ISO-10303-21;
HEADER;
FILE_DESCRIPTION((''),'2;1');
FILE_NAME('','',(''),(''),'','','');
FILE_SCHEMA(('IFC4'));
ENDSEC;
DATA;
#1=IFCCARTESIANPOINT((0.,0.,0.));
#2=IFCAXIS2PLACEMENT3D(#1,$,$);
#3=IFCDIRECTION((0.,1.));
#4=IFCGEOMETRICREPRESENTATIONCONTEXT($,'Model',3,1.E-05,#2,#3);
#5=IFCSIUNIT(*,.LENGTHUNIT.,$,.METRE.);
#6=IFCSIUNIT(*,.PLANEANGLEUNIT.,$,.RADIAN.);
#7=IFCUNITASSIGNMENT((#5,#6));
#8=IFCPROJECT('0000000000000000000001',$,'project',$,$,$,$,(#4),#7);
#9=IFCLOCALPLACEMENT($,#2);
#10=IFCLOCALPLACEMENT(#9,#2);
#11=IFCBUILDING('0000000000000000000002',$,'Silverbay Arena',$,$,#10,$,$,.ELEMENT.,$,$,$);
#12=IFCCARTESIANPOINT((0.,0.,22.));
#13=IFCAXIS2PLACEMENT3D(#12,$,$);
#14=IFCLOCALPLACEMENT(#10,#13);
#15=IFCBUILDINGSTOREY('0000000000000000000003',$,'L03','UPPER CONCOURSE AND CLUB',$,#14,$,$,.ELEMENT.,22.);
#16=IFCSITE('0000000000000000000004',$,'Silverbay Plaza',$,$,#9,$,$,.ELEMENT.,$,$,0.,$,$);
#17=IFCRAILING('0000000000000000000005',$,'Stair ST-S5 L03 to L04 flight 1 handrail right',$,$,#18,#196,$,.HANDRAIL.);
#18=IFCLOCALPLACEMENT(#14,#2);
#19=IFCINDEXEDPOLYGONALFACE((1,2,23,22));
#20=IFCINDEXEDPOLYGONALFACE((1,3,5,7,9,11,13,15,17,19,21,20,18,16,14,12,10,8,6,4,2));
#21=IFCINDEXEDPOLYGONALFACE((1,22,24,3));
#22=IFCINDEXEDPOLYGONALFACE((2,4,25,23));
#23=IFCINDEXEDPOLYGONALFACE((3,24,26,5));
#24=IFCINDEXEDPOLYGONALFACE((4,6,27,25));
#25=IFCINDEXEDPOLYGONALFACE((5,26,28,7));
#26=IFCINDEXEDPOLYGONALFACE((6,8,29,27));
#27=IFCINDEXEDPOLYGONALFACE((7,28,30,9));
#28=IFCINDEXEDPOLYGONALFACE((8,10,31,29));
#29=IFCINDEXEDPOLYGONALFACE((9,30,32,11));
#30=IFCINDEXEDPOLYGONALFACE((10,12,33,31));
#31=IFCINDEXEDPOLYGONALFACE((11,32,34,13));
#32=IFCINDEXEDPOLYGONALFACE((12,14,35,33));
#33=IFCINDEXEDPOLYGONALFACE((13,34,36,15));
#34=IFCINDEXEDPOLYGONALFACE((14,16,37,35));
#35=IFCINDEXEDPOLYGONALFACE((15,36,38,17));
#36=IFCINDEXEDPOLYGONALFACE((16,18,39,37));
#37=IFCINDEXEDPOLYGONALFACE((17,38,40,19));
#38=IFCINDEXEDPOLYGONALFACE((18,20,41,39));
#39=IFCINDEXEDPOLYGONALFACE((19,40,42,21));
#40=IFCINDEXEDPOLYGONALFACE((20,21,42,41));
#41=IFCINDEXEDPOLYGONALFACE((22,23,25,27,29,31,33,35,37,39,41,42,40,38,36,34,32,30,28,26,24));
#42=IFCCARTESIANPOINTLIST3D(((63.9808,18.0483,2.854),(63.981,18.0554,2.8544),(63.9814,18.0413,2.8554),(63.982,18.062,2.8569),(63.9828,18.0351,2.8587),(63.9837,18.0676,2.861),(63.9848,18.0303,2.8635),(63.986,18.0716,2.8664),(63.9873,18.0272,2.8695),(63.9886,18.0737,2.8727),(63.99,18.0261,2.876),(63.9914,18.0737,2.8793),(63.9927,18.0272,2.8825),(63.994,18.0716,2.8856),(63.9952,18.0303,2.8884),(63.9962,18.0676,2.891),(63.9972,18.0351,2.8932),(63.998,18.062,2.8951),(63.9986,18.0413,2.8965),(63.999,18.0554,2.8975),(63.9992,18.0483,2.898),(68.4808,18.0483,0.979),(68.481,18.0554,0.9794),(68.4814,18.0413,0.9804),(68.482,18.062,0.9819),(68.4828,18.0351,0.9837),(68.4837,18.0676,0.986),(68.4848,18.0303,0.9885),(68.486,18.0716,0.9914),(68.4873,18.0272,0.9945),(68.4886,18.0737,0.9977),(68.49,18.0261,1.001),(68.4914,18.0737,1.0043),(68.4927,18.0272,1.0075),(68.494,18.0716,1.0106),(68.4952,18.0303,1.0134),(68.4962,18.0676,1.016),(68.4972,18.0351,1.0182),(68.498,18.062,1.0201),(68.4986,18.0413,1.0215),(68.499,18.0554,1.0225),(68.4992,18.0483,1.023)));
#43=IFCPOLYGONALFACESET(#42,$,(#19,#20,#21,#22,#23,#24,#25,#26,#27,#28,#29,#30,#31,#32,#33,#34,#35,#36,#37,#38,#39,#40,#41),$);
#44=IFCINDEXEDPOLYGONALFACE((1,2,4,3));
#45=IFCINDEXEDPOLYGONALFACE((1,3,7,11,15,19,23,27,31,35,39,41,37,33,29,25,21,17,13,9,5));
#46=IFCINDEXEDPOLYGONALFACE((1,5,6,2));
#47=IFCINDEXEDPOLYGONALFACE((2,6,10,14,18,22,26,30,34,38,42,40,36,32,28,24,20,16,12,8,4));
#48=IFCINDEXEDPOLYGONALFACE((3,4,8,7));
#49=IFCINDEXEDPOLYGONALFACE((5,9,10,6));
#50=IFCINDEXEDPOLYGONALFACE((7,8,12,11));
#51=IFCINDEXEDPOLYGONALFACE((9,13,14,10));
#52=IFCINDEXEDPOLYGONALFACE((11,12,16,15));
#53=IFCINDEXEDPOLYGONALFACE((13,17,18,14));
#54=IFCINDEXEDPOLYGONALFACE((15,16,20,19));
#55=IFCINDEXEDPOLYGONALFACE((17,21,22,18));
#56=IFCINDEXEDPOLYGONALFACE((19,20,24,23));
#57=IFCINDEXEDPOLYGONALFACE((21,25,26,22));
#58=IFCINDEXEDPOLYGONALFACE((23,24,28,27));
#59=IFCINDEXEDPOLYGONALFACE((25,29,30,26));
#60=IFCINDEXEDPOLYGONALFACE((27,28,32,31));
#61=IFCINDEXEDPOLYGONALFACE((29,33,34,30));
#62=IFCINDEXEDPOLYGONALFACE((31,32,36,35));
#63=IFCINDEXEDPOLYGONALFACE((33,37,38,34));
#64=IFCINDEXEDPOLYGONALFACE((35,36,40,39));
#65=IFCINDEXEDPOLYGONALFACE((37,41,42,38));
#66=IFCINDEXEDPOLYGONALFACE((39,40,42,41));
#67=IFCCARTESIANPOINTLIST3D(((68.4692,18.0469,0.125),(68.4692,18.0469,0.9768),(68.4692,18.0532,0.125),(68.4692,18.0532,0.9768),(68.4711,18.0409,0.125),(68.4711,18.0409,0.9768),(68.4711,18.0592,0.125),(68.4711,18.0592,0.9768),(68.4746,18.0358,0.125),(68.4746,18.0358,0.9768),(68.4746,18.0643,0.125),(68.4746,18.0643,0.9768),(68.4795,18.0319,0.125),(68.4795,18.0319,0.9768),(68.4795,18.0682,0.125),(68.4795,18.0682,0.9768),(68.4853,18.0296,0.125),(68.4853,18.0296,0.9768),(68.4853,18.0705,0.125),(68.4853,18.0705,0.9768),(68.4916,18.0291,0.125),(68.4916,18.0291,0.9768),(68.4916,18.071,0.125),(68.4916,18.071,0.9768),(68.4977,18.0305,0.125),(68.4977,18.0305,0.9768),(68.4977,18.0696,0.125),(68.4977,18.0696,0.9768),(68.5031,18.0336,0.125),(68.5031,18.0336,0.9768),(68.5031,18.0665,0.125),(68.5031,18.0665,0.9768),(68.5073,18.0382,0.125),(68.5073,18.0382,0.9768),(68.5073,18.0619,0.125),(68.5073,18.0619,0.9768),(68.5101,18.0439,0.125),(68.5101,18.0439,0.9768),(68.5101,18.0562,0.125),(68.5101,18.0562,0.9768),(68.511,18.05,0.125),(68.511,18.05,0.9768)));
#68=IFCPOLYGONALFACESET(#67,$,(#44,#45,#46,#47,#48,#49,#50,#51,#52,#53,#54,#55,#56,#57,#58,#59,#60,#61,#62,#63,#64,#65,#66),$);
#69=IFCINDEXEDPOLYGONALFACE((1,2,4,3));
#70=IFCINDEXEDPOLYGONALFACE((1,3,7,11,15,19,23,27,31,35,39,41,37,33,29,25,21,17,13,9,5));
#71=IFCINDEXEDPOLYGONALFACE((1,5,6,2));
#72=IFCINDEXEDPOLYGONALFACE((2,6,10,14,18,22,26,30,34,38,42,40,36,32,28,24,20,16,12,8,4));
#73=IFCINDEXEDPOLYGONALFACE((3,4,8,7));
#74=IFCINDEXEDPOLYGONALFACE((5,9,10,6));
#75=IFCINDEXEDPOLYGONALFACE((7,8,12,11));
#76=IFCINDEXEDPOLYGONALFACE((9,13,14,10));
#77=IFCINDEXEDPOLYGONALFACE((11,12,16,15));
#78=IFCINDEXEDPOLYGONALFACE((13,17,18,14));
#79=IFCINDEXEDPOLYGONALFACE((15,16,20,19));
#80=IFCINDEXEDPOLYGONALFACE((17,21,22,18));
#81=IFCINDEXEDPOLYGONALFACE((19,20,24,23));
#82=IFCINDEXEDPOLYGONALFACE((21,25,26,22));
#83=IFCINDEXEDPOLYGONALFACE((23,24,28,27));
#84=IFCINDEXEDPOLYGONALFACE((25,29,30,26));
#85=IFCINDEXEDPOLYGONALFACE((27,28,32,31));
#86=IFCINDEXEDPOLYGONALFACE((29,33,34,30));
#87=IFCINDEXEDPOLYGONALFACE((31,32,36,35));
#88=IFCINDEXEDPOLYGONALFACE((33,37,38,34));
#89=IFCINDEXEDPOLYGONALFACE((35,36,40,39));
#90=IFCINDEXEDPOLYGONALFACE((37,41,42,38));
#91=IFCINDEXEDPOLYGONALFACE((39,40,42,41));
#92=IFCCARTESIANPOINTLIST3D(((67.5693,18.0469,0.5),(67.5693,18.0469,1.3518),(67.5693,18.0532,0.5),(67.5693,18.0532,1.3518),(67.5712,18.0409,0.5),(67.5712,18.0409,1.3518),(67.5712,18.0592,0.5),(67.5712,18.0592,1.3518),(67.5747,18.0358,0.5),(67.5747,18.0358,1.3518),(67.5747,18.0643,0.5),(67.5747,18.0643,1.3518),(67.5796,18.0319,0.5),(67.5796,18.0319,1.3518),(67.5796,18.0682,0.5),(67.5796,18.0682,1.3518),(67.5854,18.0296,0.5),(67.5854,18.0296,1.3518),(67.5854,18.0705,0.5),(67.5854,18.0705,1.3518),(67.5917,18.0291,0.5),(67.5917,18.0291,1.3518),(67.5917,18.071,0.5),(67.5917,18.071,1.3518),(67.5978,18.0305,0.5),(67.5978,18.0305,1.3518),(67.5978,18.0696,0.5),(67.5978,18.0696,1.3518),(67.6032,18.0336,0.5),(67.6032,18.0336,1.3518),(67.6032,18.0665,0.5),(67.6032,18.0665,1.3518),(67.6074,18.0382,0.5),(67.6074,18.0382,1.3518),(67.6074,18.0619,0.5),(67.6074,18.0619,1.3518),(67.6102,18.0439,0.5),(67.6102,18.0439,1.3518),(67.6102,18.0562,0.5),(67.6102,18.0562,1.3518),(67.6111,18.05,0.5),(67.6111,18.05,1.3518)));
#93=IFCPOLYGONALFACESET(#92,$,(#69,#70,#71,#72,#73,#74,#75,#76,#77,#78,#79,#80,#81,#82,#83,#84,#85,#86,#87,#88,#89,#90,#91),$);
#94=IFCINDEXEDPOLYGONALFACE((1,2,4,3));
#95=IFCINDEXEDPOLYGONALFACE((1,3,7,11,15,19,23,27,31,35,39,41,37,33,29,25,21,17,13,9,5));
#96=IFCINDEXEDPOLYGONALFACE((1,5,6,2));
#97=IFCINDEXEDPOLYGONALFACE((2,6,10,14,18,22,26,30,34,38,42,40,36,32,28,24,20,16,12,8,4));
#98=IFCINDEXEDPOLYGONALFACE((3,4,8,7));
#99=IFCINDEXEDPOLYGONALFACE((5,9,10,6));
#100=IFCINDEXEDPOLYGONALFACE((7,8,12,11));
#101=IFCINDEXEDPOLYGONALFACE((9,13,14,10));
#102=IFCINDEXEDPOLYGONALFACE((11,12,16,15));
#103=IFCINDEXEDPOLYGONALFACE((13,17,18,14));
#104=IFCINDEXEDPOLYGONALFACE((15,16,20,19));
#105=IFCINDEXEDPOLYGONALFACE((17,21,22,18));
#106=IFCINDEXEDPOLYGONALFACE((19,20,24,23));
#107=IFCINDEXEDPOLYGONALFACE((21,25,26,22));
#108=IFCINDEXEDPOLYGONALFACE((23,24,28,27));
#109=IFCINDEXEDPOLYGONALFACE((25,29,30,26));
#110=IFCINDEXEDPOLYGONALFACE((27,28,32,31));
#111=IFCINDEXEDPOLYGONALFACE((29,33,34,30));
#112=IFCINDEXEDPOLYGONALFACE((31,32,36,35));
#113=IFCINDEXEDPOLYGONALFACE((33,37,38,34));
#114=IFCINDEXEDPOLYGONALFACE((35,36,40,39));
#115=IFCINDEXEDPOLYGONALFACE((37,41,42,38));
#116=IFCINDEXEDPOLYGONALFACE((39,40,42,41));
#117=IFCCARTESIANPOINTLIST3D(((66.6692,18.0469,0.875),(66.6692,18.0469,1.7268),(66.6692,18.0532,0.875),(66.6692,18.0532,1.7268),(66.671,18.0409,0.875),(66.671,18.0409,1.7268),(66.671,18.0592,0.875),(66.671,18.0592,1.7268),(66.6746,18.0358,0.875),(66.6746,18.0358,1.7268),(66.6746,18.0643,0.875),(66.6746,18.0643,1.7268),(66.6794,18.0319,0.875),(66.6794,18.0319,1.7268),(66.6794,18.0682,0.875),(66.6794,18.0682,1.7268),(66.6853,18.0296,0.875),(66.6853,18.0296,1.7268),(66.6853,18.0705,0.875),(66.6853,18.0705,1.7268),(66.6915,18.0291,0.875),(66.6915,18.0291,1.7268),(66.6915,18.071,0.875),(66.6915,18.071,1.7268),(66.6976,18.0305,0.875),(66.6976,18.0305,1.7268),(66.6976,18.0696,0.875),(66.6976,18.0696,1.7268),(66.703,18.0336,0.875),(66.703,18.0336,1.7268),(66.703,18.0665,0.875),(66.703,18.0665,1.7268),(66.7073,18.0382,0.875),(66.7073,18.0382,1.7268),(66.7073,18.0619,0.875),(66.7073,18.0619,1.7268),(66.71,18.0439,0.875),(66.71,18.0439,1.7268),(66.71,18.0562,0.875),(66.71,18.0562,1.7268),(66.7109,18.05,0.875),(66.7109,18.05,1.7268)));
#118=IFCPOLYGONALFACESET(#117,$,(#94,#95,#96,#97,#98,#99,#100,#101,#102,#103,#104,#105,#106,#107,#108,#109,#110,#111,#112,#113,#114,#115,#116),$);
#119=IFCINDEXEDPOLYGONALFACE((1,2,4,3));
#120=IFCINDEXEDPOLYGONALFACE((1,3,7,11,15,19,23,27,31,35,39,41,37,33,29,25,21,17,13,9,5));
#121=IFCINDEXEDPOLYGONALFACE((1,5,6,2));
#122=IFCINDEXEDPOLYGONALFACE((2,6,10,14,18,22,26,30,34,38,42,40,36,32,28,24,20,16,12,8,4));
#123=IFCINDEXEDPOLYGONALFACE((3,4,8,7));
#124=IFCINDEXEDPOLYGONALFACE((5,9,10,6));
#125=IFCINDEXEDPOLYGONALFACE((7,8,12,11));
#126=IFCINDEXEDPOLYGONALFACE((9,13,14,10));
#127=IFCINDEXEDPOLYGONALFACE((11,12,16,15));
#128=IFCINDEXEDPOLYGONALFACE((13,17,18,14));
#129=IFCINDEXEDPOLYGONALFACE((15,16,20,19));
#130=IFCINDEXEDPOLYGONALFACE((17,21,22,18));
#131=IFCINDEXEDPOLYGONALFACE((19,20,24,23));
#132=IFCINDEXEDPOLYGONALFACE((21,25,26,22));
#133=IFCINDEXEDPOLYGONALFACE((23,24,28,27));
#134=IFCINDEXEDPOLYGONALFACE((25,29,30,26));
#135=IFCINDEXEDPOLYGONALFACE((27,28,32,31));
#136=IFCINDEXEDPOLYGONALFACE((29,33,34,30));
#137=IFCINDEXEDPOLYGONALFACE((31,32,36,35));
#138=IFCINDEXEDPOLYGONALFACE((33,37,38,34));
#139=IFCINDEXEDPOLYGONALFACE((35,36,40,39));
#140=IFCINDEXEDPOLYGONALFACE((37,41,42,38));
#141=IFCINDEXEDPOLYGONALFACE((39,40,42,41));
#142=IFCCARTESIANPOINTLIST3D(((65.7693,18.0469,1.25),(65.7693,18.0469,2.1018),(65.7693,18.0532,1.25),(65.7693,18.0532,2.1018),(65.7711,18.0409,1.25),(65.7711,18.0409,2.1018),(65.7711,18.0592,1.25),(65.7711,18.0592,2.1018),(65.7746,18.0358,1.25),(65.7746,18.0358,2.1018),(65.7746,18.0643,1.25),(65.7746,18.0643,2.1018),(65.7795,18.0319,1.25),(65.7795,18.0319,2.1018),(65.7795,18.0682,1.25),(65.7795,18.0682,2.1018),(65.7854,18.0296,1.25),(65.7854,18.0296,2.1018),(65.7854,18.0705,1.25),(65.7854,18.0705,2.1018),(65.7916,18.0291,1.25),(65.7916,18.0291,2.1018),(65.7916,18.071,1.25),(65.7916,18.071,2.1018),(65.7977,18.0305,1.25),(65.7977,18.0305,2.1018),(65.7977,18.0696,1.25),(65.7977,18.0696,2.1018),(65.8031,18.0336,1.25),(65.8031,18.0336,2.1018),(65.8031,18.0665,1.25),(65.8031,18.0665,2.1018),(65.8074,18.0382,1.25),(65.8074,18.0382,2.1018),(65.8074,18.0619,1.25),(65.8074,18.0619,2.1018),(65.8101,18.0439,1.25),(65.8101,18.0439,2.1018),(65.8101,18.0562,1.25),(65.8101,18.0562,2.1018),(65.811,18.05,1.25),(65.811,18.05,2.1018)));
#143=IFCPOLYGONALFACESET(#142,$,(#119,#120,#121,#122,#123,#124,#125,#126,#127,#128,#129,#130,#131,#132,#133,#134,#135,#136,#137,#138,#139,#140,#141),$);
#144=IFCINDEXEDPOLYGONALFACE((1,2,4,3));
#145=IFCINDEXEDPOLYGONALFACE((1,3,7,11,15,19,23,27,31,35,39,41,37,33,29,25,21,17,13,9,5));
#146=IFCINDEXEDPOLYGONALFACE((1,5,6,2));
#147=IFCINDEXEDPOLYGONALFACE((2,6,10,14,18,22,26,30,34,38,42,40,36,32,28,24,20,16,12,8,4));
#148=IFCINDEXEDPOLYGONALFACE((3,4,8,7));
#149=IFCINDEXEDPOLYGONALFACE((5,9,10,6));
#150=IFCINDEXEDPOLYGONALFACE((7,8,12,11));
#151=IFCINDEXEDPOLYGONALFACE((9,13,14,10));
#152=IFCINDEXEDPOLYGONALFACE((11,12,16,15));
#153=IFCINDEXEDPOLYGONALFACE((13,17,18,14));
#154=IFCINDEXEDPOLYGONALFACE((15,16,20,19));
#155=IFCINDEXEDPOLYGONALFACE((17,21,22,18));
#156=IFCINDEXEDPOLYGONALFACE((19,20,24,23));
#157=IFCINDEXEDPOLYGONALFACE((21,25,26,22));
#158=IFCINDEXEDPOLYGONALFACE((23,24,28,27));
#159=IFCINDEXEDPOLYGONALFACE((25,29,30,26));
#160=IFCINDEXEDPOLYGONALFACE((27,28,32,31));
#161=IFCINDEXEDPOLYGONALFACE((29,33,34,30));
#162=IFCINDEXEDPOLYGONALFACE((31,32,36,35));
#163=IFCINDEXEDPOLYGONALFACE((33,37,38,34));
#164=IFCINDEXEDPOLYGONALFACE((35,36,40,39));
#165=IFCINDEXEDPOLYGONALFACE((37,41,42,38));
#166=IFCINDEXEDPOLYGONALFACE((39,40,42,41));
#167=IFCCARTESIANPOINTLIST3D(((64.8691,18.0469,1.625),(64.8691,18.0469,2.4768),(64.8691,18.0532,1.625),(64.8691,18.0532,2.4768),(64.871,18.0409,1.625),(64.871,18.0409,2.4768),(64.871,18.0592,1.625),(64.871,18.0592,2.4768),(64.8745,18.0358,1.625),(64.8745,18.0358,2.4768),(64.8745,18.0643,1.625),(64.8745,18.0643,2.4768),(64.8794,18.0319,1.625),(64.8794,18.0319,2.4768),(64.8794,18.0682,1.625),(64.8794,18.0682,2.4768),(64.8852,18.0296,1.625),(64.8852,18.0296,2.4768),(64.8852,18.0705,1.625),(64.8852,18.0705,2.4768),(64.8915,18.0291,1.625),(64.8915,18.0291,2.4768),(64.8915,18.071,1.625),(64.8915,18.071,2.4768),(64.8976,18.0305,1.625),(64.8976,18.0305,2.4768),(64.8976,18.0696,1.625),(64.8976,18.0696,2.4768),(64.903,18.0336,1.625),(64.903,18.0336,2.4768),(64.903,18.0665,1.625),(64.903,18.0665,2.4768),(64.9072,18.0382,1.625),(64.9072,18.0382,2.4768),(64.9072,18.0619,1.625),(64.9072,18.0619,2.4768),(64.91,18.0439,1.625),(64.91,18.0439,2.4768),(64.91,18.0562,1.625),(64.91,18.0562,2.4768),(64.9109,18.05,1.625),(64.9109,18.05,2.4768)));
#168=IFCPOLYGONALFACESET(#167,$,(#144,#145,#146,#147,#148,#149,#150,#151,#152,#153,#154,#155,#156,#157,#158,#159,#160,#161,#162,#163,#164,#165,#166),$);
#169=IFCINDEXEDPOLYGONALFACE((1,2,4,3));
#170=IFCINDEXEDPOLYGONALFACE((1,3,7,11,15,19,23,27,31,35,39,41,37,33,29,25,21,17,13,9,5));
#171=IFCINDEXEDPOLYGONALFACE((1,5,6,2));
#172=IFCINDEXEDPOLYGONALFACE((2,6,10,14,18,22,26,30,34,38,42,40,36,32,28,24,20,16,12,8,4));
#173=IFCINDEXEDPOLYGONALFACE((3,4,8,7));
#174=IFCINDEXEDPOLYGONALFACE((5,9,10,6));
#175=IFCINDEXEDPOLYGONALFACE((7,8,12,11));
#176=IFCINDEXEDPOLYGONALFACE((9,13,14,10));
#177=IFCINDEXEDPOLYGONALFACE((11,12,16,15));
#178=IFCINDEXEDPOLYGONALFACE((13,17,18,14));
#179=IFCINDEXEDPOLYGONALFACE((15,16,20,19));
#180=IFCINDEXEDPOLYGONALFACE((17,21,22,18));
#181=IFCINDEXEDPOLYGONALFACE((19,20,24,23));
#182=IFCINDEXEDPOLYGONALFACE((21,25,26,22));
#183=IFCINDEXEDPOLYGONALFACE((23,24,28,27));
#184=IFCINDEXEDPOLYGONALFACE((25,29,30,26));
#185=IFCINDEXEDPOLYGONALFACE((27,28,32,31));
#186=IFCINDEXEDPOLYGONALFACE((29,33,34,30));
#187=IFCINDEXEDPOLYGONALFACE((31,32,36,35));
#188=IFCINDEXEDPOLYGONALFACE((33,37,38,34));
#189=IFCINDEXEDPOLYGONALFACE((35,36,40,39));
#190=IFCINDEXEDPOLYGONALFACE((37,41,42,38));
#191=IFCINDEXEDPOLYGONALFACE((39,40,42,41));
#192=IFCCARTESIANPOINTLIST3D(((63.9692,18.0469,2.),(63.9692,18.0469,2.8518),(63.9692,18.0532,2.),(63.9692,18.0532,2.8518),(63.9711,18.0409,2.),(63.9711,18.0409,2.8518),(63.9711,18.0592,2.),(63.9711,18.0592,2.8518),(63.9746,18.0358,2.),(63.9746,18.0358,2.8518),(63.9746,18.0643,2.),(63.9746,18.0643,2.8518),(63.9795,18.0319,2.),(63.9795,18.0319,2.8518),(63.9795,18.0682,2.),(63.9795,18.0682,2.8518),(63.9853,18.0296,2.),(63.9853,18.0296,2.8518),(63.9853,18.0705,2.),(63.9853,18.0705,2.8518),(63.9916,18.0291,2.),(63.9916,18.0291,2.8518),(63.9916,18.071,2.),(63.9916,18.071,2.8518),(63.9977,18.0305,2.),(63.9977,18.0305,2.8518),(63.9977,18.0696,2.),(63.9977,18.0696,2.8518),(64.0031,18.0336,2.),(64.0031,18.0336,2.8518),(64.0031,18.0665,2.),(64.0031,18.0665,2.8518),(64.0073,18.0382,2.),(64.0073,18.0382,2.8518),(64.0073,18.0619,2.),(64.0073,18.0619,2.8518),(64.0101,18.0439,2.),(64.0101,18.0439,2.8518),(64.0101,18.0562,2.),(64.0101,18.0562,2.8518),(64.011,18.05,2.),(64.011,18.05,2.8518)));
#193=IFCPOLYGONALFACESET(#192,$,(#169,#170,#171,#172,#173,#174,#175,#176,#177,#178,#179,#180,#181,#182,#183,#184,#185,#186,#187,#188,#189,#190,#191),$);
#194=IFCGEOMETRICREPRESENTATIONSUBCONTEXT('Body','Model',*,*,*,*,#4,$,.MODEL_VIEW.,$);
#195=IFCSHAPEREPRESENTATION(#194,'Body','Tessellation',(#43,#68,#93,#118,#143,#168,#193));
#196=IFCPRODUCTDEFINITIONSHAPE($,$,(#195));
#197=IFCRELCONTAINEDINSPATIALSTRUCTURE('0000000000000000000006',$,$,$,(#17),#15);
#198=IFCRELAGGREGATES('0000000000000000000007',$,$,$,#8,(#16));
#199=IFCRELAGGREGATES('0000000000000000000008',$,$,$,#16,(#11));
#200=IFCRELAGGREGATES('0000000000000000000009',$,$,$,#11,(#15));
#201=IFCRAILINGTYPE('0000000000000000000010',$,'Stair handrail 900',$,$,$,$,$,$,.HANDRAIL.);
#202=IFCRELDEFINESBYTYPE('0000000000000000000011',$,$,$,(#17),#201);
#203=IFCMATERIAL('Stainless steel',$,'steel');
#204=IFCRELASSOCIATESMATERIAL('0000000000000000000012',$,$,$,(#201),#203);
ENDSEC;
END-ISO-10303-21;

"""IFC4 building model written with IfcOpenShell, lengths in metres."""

from ifc_helpers import new_model, si_unit, direction, frame, origin, origin_2d, place, context, subcontext, project, spatial, circle, extrude, material, type_object, element, save


model = new_model("IFC4")

# Units and contexts
model_context = context("Model", 3, precision=1e-05, world=origin(), true_north=direction((0.0, 1.0)))
body_context = subcontext(model_context, "Body", "Model", "MODEL_VIEW")
ifc_project = project(units=[si_unit("LENGTHUNIT", "METRE"), si_unit("PLANEANGLEUNIT", "RADIAN")], contexts=[model_context])

# Site, building, storey
site_placement = place(None, origin())
site = spatial("IfcSite", under=ifc_project, at=site_placement, Name="Silverbay Plaza", CompositionType="ELEMENT", RefElevation=0.0)
building_placement = place(site_placement, origin())
building = spatial("IfcBuilding", under=site, at=building_placement, Name="Silverbay Arena", CompositionType="ELEMENT")
storey_placement = place(building_placement, frame((0.0, 0.0, 22.0)))
storey = spatial("IfcBuildingStorey", under=building, at=storey_placement, Name="L03", Description="UPPER CONCOURSE AND CLUB", CompositionType="ELEMENT", Elevation=22.0)

# Railing
ifc_material_1 = material(Name="Stainless steel", Category="steel")
railing_type_1 = type_object("IfcRailingType", Name="Stair handrail 900", PredefinedType="HANDRAIL", material=ifc_material_1)
for number, where, name in (
    (1, (68.49, 18.05, 0.125), "Stair ST-S5 L03 to L04 flight 1 handrail right"),
):
    element("IfcRailing", number, at=place(storey_placement, frame(where)), inside=storey, type_object=railing_type_1, Name=name, PredefinedType="HANDRAIL", context=body_context, shape_type="SweptSolid", body=[
        extrude(circle(Radius=0.0239, at=origin_2d()), frame((0.0, 0.0, 0.876), z_axis=(-0.923077, 0.0, 0.384615), x_axis=(0.0, -1.0, 0.0)), (0.0, 0.0, 1.0), 4.875),
        extrude(circle(Radius=0.021, at=origin_2d()), origin(), (0.0, 0.0, 1.0), 0.8518),
        extrude(circle(Radius=0.021, at=origin_2d()), frame((-0.8999, 0.0, 0.375)), (0.0, 0.0, 1.0), 0.8518),
        extrude(circle(Radius=0.021, at=origin_2d()), frame((-1.8, 0.0, 0.75)), (0.0, 0.0, 1.0), 0.8518),
        extrude(circle(Radius=0.021, at=origin_2d()), frame((-2.7, 0.0, 1.125)), (0.0, 0.0, 1.0), 0.8518),
        extrude(circle(Radius=0.021, at=origin_2d()), frame((-3.6001, 0.0, 1.5)), (0.0, 0.0, 1.0), 0.8518),
        extrude(circle(Radius=0.021, at=origin_2d()), frame((-4.5, 0.0, 1.875)), (0.0, 0.0, 1.0), 0.8518),
    ])

save(model, "model.ifc")
